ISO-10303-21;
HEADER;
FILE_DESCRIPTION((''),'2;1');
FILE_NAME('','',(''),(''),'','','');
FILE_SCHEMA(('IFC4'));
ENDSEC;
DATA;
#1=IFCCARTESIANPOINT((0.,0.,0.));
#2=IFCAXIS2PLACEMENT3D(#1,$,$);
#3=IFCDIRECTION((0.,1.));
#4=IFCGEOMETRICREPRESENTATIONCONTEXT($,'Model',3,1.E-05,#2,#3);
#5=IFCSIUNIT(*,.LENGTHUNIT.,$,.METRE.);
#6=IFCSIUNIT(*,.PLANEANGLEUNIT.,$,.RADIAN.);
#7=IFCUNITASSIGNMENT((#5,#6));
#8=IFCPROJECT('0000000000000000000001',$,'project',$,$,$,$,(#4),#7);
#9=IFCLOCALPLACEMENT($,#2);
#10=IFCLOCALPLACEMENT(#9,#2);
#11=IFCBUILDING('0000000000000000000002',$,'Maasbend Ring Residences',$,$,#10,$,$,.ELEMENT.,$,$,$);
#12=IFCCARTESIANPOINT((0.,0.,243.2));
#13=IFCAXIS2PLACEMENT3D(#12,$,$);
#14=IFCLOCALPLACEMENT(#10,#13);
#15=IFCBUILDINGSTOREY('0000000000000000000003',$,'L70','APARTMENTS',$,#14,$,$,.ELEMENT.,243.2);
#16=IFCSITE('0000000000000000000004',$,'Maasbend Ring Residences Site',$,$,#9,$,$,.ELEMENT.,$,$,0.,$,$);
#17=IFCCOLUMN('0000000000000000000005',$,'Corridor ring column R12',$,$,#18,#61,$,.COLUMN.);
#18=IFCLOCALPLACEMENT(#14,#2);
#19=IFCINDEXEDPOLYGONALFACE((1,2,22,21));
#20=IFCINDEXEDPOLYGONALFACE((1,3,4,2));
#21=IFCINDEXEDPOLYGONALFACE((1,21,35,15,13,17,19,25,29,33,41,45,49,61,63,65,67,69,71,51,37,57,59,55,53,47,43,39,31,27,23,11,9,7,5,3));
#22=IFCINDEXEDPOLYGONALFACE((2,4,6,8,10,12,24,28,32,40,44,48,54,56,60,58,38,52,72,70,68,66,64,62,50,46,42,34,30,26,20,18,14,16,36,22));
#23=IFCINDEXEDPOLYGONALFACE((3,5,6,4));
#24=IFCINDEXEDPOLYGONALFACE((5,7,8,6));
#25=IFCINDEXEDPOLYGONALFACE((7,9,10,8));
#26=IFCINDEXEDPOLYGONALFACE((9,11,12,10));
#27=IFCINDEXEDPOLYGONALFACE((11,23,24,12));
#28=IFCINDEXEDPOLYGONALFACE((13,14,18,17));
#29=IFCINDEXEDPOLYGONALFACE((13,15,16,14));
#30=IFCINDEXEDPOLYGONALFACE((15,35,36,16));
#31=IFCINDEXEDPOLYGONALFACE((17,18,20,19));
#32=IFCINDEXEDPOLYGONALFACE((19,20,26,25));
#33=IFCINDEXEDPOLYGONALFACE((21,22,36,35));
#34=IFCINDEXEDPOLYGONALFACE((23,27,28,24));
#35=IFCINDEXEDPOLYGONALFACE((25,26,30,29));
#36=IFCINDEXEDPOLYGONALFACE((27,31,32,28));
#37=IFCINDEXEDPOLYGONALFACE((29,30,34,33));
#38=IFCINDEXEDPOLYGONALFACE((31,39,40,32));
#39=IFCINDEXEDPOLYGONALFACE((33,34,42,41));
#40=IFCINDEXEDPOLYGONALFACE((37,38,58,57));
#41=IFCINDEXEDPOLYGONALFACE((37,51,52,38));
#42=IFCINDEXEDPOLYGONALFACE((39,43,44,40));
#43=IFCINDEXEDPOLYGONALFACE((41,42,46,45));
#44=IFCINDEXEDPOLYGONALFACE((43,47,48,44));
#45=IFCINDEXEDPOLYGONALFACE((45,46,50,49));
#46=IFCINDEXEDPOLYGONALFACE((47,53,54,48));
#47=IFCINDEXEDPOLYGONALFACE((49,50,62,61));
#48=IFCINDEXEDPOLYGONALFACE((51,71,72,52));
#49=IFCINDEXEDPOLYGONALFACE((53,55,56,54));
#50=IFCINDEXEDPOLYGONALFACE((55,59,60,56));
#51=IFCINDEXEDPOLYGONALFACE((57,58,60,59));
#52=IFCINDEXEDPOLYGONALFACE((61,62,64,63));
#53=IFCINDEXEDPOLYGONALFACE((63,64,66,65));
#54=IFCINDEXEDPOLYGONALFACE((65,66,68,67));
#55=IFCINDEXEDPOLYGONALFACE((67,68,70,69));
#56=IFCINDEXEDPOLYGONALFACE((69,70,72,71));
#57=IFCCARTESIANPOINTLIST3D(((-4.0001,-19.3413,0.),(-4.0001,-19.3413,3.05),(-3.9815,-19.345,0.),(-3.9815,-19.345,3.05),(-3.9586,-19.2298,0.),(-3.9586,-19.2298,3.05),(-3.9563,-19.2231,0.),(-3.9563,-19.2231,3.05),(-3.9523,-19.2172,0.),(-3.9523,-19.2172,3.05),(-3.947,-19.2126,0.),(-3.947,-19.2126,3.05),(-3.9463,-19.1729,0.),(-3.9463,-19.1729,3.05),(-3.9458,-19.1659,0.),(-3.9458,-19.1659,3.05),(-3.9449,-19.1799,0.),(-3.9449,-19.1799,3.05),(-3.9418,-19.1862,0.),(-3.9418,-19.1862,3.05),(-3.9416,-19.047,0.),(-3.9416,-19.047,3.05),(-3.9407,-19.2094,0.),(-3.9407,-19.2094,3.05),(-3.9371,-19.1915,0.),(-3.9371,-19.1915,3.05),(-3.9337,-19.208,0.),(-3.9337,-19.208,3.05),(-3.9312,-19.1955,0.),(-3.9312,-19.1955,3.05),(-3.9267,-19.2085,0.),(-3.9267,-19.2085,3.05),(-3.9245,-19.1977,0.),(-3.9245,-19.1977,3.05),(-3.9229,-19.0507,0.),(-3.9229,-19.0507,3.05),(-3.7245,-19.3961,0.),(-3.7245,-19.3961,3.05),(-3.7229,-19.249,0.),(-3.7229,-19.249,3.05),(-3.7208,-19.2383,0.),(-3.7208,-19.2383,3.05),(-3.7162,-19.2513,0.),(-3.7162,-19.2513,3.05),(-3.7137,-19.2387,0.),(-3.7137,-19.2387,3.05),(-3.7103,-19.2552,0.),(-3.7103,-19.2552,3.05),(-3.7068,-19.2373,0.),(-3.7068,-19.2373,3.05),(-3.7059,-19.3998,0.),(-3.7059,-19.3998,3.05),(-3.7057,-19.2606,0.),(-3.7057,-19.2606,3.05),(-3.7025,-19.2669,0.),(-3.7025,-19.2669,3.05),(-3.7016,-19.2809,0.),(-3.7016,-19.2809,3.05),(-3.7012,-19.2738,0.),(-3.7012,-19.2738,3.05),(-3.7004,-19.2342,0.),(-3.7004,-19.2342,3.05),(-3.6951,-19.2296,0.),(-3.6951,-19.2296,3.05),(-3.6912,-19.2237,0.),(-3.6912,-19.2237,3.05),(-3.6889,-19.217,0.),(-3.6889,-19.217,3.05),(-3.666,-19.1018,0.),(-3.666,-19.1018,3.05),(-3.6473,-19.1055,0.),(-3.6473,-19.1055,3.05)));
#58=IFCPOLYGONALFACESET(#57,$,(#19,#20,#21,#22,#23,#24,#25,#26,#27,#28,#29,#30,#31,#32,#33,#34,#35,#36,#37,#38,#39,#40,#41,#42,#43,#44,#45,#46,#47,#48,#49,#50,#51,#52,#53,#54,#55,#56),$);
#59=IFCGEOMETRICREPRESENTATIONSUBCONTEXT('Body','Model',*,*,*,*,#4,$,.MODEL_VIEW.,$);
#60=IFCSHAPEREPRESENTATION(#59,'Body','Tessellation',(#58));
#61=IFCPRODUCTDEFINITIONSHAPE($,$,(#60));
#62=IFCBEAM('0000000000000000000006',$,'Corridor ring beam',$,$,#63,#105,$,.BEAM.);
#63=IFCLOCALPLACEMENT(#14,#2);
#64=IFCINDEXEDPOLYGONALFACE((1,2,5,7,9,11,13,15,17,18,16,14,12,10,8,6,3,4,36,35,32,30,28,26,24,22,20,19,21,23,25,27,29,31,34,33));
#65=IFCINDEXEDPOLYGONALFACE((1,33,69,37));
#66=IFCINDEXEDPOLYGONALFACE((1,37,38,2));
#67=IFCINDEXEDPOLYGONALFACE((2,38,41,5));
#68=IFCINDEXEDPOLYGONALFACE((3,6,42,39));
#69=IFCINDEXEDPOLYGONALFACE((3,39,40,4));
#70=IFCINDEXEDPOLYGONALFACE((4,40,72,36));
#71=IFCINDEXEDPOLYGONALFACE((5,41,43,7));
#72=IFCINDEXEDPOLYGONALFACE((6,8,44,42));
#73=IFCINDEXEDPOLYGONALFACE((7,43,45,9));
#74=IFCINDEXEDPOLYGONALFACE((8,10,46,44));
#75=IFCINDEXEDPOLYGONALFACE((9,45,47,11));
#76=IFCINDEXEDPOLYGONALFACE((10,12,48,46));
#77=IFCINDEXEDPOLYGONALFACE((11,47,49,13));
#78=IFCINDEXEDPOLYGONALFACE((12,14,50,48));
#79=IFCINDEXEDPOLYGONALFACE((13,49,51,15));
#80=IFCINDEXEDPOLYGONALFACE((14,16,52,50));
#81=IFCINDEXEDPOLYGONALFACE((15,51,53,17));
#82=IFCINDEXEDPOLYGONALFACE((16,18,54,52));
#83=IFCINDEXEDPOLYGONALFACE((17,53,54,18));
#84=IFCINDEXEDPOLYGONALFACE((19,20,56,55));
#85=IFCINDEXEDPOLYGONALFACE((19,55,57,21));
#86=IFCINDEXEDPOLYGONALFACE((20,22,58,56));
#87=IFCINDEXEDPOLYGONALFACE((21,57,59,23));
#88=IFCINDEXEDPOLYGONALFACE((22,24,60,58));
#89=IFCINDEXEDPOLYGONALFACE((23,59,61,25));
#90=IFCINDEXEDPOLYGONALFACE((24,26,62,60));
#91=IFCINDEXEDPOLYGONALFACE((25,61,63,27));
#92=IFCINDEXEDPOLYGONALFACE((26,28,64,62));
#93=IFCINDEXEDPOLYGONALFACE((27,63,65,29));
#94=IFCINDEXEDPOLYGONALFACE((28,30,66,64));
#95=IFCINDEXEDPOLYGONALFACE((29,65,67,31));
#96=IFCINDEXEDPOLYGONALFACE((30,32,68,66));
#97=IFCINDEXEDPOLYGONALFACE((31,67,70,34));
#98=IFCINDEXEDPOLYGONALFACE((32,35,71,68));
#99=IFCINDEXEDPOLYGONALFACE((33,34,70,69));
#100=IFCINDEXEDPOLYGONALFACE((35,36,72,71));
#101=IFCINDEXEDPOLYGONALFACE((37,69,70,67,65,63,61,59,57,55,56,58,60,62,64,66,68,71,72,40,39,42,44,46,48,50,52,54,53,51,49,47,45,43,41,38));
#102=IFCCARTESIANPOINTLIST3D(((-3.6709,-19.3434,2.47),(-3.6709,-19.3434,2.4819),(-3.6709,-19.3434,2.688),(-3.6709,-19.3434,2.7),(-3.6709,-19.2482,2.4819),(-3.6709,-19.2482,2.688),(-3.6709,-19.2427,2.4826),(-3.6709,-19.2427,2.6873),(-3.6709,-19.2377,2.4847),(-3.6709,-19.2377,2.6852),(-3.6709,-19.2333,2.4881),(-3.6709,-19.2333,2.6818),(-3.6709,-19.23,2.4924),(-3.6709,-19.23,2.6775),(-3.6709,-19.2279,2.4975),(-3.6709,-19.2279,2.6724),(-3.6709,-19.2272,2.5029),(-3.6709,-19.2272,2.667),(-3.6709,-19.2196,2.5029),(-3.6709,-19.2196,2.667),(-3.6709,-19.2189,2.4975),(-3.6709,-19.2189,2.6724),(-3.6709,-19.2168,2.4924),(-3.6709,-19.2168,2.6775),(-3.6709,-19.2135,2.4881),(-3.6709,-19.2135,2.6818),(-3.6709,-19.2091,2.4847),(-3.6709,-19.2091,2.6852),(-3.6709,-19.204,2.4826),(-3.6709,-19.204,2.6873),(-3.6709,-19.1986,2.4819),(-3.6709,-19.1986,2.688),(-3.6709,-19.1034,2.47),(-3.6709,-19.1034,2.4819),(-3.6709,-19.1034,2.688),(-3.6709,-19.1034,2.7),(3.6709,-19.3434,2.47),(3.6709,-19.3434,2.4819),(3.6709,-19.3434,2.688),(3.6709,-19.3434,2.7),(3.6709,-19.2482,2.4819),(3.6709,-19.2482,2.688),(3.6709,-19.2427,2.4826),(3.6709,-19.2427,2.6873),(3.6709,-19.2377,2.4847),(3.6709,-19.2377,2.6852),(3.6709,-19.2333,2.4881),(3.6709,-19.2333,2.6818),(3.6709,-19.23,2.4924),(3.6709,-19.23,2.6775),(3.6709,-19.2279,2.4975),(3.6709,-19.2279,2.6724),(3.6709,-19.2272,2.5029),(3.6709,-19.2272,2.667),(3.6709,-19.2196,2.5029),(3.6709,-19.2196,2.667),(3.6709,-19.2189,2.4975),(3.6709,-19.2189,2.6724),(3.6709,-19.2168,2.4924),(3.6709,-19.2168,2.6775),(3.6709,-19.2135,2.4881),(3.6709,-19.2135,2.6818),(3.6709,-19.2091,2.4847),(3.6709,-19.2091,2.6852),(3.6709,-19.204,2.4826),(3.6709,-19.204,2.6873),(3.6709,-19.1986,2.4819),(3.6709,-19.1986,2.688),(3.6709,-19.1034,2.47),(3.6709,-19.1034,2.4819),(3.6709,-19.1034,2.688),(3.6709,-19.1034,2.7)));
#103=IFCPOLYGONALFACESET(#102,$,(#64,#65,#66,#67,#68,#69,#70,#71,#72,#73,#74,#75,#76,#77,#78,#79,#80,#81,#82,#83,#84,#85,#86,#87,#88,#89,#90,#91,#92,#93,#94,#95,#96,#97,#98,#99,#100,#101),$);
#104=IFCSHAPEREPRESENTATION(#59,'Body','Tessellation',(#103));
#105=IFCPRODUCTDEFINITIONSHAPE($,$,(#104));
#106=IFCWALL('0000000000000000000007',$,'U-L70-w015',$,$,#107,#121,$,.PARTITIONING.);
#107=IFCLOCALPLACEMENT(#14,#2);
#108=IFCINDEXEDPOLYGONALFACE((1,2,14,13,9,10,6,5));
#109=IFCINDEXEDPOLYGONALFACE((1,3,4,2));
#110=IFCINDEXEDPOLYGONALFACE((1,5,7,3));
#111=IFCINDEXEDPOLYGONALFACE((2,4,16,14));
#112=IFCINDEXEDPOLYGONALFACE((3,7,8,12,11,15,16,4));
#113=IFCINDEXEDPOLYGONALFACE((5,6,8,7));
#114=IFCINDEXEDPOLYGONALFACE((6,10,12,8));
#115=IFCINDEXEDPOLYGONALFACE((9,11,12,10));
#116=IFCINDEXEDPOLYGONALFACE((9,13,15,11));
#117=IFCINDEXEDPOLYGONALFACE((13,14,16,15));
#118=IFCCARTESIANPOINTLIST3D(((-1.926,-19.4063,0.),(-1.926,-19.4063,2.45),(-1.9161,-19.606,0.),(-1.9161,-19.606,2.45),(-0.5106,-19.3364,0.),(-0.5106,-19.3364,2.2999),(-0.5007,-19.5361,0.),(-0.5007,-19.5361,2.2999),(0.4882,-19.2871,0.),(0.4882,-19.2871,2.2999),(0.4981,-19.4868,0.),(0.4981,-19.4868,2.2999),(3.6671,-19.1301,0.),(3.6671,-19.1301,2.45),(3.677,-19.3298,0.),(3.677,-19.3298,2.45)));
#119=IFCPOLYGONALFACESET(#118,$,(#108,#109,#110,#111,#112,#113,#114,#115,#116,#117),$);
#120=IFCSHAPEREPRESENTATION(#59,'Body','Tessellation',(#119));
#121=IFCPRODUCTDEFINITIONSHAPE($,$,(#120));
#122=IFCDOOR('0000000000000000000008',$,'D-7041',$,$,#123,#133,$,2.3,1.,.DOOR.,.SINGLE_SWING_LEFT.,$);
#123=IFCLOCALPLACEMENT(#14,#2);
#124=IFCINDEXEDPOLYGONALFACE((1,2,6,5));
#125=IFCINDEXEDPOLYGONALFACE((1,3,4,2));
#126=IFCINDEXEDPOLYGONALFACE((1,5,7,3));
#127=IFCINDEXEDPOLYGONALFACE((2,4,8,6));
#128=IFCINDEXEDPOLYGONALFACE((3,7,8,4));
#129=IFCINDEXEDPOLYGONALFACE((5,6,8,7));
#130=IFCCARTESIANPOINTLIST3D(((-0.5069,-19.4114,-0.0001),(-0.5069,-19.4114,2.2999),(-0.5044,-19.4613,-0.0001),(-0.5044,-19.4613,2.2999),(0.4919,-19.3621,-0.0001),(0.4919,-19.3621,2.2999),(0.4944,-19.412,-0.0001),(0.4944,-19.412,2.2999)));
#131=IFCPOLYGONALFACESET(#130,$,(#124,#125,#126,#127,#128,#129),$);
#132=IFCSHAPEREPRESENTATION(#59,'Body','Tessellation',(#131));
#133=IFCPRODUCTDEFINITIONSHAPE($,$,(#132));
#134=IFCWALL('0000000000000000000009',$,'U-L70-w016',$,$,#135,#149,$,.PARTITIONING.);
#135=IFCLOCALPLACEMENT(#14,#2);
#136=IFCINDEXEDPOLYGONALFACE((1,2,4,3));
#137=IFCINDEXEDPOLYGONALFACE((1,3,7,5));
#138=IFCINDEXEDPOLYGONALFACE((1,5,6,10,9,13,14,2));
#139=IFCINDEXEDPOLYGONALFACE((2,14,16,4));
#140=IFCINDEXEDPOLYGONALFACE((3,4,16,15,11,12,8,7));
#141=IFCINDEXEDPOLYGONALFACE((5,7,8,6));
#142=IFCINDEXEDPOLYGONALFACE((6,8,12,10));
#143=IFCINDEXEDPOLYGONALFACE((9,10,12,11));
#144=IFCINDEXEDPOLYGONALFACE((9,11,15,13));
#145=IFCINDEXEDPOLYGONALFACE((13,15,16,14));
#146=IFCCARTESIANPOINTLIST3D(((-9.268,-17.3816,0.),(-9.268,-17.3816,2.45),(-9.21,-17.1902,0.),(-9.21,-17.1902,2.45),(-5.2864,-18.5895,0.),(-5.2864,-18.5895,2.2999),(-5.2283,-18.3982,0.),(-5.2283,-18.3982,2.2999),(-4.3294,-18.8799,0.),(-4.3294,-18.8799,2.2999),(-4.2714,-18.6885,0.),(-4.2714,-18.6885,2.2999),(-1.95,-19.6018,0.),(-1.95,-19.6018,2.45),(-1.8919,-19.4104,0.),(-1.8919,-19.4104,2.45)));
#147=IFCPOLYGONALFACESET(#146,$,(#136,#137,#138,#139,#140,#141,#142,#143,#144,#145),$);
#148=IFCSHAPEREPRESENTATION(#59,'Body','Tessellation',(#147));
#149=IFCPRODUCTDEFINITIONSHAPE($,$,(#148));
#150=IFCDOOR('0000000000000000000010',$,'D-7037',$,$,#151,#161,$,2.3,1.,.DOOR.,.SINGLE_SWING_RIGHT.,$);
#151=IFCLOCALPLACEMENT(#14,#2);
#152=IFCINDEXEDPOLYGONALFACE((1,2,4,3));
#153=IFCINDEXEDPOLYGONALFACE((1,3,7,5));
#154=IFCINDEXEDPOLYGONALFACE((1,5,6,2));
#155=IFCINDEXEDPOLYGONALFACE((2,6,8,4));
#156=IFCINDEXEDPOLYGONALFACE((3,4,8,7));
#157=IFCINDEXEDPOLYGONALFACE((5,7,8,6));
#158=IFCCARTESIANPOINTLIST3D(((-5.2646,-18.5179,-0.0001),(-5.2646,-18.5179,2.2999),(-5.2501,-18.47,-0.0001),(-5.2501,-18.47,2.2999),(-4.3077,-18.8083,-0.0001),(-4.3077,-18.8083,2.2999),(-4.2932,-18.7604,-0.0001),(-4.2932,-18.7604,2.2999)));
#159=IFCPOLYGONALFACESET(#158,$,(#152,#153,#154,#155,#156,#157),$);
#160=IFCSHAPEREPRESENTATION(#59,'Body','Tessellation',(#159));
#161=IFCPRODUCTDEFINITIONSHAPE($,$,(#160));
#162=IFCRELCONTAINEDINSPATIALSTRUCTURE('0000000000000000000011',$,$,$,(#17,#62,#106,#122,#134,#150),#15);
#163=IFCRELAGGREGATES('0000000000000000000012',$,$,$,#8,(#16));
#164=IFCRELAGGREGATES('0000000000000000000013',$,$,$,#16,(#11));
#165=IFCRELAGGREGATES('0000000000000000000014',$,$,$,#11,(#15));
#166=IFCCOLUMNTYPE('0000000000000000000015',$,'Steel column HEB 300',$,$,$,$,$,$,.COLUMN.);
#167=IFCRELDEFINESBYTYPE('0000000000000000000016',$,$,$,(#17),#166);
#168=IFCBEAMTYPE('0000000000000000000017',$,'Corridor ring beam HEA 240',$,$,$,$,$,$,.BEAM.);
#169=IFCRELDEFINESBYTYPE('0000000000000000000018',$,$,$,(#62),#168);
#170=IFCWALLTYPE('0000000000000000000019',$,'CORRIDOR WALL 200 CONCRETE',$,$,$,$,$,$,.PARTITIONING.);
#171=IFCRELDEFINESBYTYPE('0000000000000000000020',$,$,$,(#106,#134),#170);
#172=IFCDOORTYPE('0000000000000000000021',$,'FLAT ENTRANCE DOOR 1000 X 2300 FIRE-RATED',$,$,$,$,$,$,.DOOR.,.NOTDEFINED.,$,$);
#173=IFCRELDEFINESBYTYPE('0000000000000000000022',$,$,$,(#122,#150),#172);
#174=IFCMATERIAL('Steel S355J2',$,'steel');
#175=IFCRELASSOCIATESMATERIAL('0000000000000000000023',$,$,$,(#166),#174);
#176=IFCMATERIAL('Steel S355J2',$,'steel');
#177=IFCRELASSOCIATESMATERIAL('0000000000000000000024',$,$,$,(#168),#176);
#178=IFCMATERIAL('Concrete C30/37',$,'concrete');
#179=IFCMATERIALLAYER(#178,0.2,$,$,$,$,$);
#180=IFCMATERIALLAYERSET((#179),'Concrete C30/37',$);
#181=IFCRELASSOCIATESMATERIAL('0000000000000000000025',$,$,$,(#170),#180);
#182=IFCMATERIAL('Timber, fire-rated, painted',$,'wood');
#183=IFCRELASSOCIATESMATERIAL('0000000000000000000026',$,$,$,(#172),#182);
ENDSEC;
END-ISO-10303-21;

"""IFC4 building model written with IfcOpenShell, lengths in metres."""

from ifc_helpers import new_model, si_unit, direction, frame, frame_2d, origin, origin_2d, place, context, subcontext, project, spatial, rectangle, i_section, extrude, material, layer, layer_set, material_profile, profile_set, type_object, element, fill, save


model = new_model("IFC4")

# Units and contexts
model_context = context("Model", 3, precision=1e-05, world=origin(), true_north=direction((0.0, 1.0)))
body_context = subcontext(model_context, "Body", "Model", "MODEL_VIEW")
ifc_project = project(units=[si_unit("LENGTHUNIT", "METRE"), si_unit("PLANEANGLEUNIT", "RADIAN")], contexts=[model_context])

# Site, building, storey
site_placement = place(None, origin())
site = spatial("IfcSite", under=ifc_project, at=site_placement, Name="Maasbend Ring Residences Site", CompositionType="ELEMENT", RefElevation=0.0)
building_placement = place(site_placement, origin())
building = spatial("IfcBuilding", under=site, at=building_placement, Name="Maasbend Ring Residences", CompositionType="ELEMENT")
storey_placement = place(building_placement, frame((0.0, 0.0, 243.2)))
storey = spatial("IfcBuildingStorey", under=building, at=storey_placement, Name="L70", Description="APARTMENTS", CompositionType="ELEMENT", Elevation=243.2)

# Column
ifc_material_1 = material(Name="Steel S355J2", Category="steel")
ifc_material_profile_1 = material_profile(ifc_material_1, i_section(OverallWidth=0.3, OverallDepth=0.3, WebThickness=0.011, FlangeThickness=0.019, FilletRadius=0.0271, at=origin_2d()), Name="HEB 300")
ifc_profile_set_1 = profile_set([ifc_material_profile_1], Name="Steel S355J2")
column_type = type_object("IfcColumnType", Name="Steel column HEB 300", PredefinedType="COLUMN", material=ifc_profile_set_1)
column_placement = place(storey_placement, frame((-3.8237, -19.2234, 0.0), z_axis=(0.0, 0.0, 1.0), x_axis=(-0.19509, -0.980785, 0.0)))
element("IfcColumn", 1, at=column_placement, inside=storey, type_object=column_type, Name="Corridor ring column R12", PredefinedType="COLUMN", context=body_context, shape_type="SweptSolid", body=[
    extrude(i_section(OverallWidth=0.3, OverallDepth=0.3, WebThickness=0.011, FlangeThickness=0.019, FilletRadius=0.0271, at=origin_2d()), origin(), (0.0, 0.0, 1.0), 3.05),
])

# Beam
ifc_material_2 = material(Name="Steel S355J2", Category="steel")
ifc_material_profile_2 = material_profile(ifc_material_2, i_section(OverallWidth=0.24, OverallDepth=0.23, WebThickness=0.0076, FlangeThickness=0.012, FilletRadius=0.021, at=origin_2d()), Name="HEA 240")
ifc_profile_set_2 = profile_set([ifc_material_profile_2], Name="Steel S355J2")
beam_type = type_object("IfcBeamType", Name="Corridor ring beam HEA 240", PredefinedType="BEAM", material=ifc_profile_set_2)
beam_placement = place(storey_placement, frame((-3.6709, -19.2234, 2.585), z_axis=(1.0, 0.0, 0.0), x_axis=(0.0, 1.0, 0.0)))
element("IfcBeam", 2, at=beam_placement, inside=storey, type_object=beam_type, Name="Corridor ring beam", PredefinedType="BEAM", context=body_context, shape_type="SweptSolid", body=[
    extrude(i_section(OverallWidth=0.24, OverallDepth=0.23, WebThickness=0.0076, FlangeThickness=0.012, FilletRadius=0.021, at=origin_2d()), origin(), (0.0, 0.0, 1.0), 7.3418),
])

# Walls, openings, doors
ifc_material_3 = material(Name="Concrete C30/37", Category="concrete")
ifc_layer_1 = layer(ifc_material_3, 0.2)
ifc_layer_set_1 = layer_set([ifc_layer_1], Name="Concrete C30/37")
wall_type_1 = type_object("IfcWallType", Name="CORRIDOR WALL 200 CONCRETE", PredefinedType="PARTITIONING", material=ifc_layer_set_1)
wall_1_placement = place(storey_placement, frame((-1.9209, -19.5061, 0.0), z_axis=(0.0, 0.0, 1.0), x_axis=(0.998784, 0.049309, 0.0)))
wall_1 = element("IfcWall", 3, at=wall_1_placement, inside=storey, type_object=wall_type_1, Name="U-L70-w015", PredefinedType="PARTITIONING", context=body_context, shape_type="SweptSolid", body=[
    extrude(rectangle(XDim=5.5999, YDim=0.2, at=frame_2d((2.7998, 0.0))), origin(), (0.0, 0.0, 1.0), 2.45),
])
opening_1_placement = place(wall_1_placement, frame((1.417, 0.0, 0.0)))
opening_1 = element("IfcOpeningElement", 4, at=opening_1_placement, cuts=wall_1, PredefinedType="OPENING", context=body_context, shape_type="SweptSolid", body=[
    extrude(rectangle(XDim=1.0, YDim=2.3, at=frame_2d((0.5, 1.1499))), frame((0.0, 0.1099, 0.0), z_axis=(0.0, -1.0, 0.0), x_axis=(1.0, 0.0, 0.0)), (0.0, 0.0, 1.0), 0.22),
])
ifc_material_4 = material(Name="Timber, fire-rated, painted", Category="wood")
door_type_1 = type_object("IfcDoorType", Name="FLAT ENTRANCE DOOR 1000 X 2300 FIRE-RATED", OperationType="NOTDEFINED", PredefinedType="DOOR", material=ifc_material_4)
door_1_placement = place(opening_1_placement, origin())
door_1 = element("IfcDoor", 5, at=door_1_placement, inside=storey, type_object=door_type_1, Name="D-7041", OperationType="SINGLE_SWING_LEFT", OverallHeight=2.3, OverallWidth=1.0, PredefinedType="DOOR", context=body_context, shape_type="SweptSolid", body=[
    extrude(rectangle(XDim=1.0, YDim=2.3, at=frame_2d((0.5, 1.1499))), frame((0.0, 0.0249, 0.0), z_axis=(0.0, -1.0, 0.0), x_axis=(1.0, 0.0, 0.0)), (0.0, 0.0, 1.0), 0.05),
])
fill(opening_1, door_1)
wall_2_placement = place(storey_placement, frame((-9.239, -17.2859, 0.0), z_axis=(0.0, 0.0, 1.0), x_axis=(0.95693, -0.290319, 0.0)))
wall_2 = element("IfcWall", 6, at=wall_2_placement, inside=storey, type_object=wall_type_1, Name="U-L70-w016", PredefinedType="PARTITIONING", context=body_context, shape_type="SweptSolid", body=[
    extrude(rectangle(XDim=7.6475, YDim=0.2, at=frame_2d((3.8237, 0.0))), origin(), (0.0, 0.0, 1.0), 2.45),
])
opening_2_placement = place(wall_2_placement, frame((4.1609, 0.0, 0.0)))
opening_2 = element("IfcOpeningElement", 7, at=opening_2_placement, cuts=wall_2, PredefinedType="OPENING", context=body_context, shape_type="SweptSolid", body=[
    extrude(rectangle(XDim=1.0, YDim=2.3, at=frame_2d((0.5, 1.1499))), frame((0.0, 0.1099, 0.0), z_axis=(0.0, -1.0, 0.0), x_axis=(1.0, 0.0, 0.0)), (0.0, 0.0, 1.0), 0.22),
])
door_2_placement = place(opening_2_placement, origin())
door_2 = element("IfcDoor", 8, at=door_2_placement, inside=storey, type_object=door_type_1, Name="D-7037", OperationType="SINGLE_SWING_RIGHT", OverallHeight=2.3, OverallWidth=1.0, PredefinedType="DOOR", context=body_context, shape_type="SweptSolid", body=[
    extrude(rectangle(XDim=1.0, YDim=2.3, at=frame_2d((0.5, 1.1499))), frame((0.0, 0.0249, 0.0), z_axis=(0.0, -1.0, 0.0), x_axis=(1.0, 0.0, 0.0)), (0.0, 0.0, 1.0), 0.05),
])
fill(opening_2, door_2)

save(model, "model.ifc")
